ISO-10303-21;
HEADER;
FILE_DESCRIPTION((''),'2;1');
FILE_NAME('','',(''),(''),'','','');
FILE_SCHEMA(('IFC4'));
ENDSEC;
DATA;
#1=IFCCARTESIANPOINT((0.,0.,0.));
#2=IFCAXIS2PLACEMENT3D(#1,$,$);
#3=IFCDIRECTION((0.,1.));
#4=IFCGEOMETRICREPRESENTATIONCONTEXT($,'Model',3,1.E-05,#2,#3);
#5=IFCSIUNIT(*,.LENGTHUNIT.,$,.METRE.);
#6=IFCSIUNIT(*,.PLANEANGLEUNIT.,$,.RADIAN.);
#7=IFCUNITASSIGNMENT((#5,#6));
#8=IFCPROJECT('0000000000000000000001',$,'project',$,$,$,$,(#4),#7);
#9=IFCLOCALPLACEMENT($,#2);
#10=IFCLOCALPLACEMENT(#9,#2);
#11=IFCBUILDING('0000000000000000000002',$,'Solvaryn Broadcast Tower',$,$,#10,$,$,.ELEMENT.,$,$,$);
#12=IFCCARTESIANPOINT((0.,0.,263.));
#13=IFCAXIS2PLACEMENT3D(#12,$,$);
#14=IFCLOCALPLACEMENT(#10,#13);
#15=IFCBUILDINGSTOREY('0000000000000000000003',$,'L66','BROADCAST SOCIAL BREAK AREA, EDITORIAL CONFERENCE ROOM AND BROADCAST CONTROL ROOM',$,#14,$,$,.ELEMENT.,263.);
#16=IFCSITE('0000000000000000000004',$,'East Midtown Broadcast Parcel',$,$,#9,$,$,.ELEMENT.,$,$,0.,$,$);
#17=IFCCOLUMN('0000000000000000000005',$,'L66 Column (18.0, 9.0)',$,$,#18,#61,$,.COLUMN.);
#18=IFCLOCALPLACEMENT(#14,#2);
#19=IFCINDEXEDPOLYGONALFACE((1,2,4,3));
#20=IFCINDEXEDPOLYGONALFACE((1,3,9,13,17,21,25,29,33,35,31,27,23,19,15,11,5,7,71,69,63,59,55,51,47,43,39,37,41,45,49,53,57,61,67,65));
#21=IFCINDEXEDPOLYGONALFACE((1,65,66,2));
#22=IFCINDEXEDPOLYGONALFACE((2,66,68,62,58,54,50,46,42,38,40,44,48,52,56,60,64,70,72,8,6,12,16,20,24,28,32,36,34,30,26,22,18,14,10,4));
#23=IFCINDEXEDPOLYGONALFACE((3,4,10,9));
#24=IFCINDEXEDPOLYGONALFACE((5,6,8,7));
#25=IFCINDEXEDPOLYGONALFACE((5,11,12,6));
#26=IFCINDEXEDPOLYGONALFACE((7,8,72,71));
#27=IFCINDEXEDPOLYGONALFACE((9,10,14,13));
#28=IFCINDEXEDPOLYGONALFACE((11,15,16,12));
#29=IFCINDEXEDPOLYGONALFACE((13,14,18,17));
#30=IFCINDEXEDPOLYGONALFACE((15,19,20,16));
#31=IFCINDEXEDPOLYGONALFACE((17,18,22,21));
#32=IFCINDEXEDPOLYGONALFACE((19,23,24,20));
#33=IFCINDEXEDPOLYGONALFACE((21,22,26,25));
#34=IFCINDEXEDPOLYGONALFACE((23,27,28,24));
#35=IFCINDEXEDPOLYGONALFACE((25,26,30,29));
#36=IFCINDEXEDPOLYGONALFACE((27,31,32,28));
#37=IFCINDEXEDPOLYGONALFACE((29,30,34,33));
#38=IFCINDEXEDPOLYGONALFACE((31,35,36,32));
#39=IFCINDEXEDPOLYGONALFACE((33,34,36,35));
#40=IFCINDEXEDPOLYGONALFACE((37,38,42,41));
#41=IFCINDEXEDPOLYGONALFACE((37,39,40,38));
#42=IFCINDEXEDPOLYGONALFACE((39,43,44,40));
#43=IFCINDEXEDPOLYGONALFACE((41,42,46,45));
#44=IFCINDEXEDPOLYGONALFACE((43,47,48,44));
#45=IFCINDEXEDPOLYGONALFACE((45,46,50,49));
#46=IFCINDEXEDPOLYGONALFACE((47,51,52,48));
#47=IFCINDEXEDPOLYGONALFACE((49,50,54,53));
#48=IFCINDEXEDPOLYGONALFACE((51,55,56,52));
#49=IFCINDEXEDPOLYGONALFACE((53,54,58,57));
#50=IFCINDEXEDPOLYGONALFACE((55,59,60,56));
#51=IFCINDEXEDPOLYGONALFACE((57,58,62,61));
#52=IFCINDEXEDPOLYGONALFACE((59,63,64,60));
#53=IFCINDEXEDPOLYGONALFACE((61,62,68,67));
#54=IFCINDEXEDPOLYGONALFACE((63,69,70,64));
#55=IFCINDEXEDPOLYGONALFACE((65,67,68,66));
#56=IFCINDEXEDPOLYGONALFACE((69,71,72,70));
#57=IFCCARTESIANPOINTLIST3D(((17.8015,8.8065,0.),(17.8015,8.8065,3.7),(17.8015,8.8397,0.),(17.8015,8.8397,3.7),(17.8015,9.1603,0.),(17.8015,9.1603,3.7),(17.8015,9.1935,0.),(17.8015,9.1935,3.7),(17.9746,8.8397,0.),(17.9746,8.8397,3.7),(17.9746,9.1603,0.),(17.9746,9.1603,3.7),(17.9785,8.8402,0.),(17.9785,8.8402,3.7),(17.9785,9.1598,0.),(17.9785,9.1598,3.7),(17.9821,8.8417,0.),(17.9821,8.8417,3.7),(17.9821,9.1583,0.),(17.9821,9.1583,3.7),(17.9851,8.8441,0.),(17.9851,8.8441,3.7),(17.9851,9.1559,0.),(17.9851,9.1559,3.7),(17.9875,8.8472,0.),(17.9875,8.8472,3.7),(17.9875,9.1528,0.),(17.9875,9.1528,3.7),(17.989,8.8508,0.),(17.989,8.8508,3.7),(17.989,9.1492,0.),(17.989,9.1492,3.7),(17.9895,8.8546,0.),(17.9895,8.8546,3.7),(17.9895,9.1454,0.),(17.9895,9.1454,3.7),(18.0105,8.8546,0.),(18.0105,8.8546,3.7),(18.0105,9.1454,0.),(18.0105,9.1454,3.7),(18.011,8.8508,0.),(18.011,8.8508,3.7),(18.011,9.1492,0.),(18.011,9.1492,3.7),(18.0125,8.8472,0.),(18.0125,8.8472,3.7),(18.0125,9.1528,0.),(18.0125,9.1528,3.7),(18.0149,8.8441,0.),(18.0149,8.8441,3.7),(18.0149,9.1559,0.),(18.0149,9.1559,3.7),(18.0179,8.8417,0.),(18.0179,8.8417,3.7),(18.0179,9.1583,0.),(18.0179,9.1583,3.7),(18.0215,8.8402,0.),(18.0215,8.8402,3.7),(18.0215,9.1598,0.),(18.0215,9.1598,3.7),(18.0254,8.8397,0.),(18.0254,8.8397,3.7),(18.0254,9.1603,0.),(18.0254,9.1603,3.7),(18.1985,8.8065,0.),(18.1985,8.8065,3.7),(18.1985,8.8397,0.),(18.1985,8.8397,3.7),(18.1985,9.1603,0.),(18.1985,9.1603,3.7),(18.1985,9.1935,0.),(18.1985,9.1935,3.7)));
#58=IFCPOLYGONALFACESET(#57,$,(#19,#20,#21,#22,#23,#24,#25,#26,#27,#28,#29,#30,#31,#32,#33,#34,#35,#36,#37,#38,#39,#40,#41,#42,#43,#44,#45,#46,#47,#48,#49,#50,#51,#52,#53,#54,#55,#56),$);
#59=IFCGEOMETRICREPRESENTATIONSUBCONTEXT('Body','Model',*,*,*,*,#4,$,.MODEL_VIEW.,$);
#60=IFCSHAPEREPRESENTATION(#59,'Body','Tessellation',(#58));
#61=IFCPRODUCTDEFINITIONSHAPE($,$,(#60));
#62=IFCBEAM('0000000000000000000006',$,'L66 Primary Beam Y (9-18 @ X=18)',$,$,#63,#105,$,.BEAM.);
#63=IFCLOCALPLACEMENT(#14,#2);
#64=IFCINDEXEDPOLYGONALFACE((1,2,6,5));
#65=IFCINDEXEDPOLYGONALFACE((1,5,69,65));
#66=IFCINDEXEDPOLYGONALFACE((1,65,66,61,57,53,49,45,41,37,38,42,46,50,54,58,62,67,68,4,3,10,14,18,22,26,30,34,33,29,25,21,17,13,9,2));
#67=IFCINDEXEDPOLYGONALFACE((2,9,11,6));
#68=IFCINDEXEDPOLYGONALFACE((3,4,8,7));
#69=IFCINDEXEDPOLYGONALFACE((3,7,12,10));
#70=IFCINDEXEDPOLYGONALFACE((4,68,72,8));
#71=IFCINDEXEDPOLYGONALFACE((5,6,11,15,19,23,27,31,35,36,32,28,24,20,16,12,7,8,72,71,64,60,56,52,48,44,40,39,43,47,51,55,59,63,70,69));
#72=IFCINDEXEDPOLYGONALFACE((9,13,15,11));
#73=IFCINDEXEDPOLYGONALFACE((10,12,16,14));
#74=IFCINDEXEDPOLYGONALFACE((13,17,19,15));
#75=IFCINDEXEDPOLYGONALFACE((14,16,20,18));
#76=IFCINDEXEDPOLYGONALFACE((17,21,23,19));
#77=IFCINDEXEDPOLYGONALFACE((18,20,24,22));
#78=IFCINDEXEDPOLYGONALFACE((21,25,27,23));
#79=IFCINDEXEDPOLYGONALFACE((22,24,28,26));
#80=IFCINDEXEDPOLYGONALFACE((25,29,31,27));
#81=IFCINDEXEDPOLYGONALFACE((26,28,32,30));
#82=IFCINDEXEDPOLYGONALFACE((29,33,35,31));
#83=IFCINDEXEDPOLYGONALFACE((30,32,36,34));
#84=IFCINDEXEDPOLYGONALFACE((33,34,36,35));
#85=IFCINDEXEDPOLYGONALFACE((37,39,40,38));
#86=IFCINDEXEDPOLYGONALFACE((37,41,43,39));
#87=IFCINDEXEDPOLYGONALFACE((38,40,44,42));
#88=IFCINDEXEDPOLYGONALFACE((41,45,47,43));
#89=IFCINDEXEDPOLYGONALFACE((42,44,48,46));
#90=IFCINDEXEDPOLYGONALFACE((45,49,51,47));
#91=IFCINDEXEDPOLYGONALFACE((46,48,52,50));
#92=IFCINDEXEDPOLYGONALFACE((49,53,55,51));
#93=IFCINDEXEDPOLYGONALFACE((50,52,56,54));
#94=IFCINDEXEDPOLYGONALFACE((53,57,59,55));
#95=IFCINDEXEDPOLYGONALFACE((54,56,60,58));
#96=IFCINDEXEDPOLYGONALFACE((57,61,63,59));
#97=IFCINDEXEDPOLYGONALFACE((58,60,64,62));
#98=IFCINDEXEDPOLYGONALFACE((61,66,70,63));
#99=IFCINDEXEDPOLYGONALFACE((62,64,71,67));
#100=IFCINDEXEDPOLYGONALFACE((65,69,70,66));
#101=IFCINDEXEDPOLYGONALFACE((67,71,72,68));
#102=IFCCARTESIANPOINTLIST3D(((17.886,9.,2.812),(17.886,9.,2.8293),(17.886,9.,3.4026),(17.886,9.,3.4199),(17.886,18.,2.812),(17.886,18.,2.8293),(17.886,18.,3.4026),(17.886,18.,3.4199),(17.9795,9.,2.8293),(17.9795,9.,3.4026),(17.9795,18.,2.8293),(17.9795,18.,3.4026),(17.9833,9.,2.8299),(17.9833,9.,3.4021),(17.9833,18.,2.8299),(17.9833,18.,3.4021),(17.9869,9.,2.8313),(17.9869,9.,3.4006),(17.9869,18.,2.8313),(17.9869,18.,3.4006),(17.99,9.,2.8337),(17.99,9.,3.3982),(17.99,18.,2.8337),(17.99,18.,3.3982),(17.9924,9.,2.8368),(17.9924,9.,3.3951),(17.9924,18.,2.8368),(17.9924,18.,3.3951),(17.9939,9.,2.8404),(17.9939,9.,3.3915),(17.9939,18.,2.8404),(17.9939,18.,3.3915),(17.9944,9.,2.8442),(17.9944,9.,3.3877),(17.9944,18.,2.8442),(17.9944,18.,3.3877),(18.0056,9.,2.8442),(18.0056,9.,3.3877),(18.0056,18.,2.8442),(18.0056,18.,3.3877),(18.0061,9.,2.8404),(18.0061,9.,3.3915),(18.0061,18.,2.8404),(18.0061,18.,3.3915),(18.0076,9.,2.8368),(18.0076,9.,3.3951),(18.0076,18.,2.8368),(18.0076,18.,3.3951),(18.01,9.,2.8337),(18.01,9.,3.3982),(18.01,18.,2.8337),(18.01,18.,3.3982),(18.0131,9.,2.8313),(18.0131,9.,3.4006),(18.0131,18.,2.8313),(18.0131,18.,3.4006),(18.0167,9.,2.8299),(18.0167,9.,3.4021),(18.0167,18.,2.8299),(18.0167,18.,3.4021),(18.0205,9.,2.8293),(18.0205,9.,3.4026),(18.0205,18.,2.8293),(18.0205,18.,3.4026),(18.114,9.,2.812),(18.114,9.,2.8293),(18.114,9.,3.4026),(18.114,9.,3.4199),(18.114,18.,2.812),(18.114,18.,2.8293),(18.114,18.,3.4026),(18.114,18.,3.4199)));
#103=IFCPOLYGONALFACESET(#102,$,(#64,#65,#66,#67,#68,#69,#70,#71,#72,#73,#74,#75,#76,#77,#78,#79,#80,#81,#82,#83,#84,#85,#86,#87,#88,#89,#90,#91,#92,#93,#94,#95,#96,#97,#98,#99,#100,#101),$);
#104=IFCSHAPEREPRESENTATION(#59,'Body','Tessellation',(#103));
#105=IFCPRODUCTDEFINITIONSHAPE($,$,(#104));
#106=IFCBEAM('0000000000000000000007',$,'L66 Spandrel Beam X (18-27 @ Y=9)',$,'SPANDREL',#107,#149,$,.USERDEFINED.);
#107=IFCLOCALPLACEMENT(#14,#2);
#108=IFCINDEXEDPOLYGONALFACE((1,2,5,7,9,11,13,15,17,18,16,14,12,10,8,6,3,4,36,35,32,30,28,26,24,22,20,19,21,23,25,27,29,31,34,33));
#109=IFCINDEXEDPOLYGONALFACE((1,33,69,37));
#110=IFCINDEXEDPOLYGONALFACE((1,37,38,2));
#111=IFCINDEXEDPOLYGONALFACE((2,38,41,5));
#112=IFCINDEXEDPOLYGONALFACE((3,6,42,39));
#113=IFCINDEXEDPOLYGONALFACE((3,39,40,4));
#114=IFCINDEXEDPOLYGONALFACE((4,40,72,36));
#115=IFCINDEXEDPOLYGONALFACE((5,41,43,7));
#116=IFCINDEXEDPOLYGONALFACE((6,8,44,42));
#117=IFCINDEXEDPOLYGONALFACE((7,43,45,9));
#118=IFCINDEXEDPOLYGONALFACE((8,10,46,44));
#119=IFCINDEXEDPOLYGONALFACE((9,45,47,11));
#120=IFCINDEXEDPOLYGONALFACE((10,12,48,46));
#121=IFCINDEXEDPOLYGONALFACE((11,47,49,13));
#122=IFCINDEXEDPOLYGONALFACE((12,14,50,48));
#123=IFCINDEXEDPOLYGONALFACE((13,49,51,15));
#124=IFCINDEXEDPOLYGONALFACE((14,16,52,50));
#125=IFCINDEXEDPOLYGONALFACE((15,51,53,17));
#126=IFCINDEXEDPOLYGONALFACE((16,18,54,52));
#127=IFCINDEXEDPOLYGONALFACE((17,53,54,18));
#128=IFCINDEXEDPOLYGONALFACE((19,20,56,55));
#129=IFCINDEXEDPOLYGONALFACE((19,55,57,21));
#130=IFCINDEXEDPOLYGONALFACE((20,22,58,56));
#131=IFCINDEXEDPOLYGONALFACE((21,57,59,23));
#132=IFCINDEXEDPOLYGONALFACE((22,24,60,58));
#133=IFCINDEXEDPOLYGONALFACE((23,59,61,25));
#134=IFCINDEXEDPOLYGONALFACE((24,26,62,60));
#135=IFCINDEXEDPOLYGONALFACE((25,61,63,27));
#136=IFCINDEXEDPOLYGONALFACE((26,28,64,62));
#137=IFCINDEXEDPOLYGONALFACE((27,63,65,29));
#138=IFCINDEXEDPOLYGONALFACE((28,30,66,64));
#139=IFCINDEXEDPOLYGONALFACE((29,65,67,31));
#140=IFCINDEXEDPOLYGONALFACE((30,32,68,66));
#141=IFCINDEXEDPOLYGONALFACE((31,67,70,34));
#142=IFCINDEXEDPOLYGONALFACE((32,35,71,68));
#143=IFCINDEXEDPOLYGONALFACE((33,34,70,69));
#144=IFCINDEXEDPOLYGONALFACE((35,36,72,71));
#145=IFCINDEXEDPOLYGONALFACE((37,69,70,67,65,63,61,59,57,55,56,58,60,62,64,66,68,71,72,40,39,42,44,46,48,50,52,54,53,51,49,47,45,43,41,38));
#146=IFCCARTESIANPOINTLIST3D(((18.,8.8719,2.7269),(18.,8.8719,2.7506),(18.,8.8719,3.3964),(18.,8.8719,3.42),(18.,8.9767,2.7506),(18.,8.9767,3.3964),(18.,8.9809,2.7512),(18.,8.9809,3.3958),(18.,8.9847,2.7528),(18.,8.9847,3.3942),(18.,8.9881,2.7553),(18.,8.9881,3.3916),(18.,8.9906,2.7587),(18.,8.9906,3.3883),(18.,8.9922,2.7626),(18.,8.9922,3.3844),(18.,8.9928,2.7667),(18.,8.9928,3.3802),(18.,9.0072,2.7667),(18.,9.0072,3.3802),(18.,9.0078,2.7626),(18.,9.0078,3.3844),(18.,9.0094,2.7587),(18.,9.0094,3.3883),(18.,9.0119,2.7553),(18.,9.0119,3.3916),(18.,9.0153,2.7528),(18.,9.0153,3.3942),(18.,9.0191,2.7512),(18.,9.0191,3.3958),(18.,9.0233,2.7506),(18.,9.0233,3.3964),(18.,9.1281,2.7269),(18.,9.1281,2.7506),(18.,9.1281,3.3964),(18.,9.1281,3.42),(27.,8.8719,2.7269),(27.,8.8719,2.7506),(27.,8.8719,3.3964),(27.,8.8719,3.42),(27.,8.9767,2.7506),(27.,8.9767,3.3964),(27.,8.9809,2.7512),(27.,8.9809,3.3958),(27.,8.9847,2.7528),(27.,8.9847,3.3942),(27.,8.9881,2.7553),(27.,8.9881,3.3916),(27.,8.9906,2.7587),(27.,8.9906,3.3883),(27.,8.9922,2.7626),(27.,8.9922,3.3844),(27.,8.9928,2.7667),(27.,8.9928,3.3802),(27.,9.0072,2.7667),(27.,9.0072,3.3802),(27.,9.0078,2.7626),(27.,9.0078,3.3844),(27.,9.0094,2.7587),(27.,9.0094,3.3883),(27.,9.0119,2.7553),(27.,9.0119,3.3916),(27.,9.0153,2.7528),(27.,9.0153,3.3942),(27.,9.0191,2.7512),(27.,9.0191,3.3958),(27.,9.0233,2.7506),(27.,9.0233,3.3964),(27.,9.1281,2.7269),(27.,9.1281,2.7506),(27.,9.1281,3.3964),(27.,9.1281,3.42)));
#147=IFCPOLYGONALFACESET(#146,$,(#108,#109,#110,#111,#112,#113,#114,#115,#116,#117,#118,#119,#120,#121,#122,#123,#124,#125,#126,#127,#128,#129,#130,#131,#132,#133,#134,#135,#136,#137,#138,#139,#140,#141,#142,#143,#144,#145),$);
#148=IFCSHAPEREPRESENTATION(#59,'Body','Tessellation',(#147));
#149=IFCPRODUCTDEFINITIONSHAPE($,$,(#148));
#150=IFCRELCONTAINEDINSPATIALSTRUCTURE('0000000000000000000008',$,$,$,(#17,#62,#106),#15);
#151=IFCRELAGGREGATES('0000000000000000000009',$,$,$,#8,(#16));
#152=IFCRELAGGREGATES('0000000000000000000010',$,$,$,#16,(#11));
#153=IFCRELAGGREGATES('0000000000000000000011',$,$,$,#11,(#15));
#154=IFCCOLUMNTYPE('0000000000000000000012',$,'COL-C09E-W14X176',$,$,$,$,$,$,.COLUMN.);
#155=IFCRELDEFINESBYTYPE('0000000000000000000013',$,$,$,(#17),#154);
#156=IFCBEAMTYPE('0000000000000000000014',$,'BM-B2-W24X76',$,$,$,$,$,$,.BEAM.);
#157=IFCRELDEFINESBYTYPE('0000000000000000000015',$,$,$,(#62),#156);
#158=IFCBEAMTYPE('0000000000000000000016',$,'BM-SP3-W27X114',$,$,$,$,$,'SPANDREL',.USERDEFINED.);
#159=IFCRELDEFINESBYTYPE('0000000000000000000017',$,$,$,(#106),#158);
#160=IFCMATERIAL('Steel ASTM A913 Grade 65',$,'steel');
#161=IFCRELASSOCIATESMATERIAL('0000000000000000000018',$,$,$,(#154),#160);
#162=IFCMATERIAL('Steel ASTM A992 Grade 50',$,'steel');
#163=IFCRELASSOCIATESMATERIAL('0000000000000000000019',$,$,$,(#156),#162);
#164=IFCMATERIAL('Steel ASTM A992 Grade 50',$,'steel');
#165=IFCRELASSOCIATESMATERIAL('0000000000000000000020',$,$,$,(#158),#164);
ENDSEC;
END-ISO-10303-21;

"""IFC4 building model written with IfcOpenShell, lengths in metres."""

from ifc_helpers import new_model, si_unit, direction, frame, origin, origin_2d, place, context, subcontext, project, spatial, i_section, extrude, material, material_profile, profile_set, type_object, element, save


model = new_model("IFC4")

# Units and contexts
model_context = context("Model", 3, precision=1e-05, world=origin(), true_north=direction((0.0, 1.0)))
body_context = subcontext(model_context, "Body", "Model", "MODEL_VIEW")
ifc_project = project(units=[si_unit("LENGTHUNIT", "METRE"), si_unit("PLANEANGLEUNIT", "RADIAN")], contexts=[model_context])

# Site, building, storey
site_placement = place(None, origin())
site = spatial("IfcSite", under=ifc_project, at=site_placement, Name="East Midtown Broadcast Parcel", CompositionType="ELEMENT", RefElevation=0.0)
building_placement = place(site_placement, origin())
building = spatial("IfcBuilding", under=site, at=building_placement, Name="Solvaryn Broadcast Tower", CompositionType="ELEMENT")
storey_placement = place(building_placement, frame((0.0, 0.0, 263.0)))
storey = spatial("IfcBuildingStorey", under=building, at=storey_placement, Name="L66", Description="BROADCAST SOCIAL BREAK AREA, EDITORIAL CONFERENCE ROOM AND BROADCAST CONTROL ROOM", CompositionType="ELEMENT", Elevation=263.0)

# Column
ifc_material_1 = material(Name="Steel ASTM A913 Grade 65", Category="steel")
ifc_material_profile_1 = material_profile(ifc_material_1, i_section(OverallWidth=0.397, OverallDepth=0.387, WebThickness=0.021, FlangeThickness=0.0332, FilletRadius=0.0149, at=origin_2d()))
ifc_profile_set_1 = profile_set([ifc_material_profile_1], Name="Steel ASTM A913 Grade 65")
column_type = type_object("IfcColumnType", Name="COL-C09E-W14X176", PredefinedType="COLUMN", material=ifc_profile_set_1)
column_placement = place(storey_placement, frame((18.0, 9.0, 0.0), z_axis=(0.0, 0.0, 1.0), x_axis=(1.0, 0.0, 0.0)))
element("IfcColumn", 1, at=column_placement, inside=storey, type_object=column_type, Name="L66 Column (18.0, 9.0)", PredefinedType="COLUMN", context=body_context, shape_type="SweptSolid", body=[
    extrude(i_section(OverallWidth=0.397, OverallDepth=0.387, WebThickness=0.021, FlangeThickness=0.0332, FilletRadius=0.0149, at=origin_2d()), origin(), (0.0, 0.0, 1.0), 3.7),
])

# Beams
ifc_material_2 = material(Name="Steel ASTM A992 Grade 50", Category="steel")
ifc_material_profile_2 = material_profile(ifc_material_2, i_section(OverallWidth=0.228, OverallDepth=0.6079, WebThickness=0.0112, FlangeThickness=0.0173, FilletRadius=0.0149, at=origin_2d()))
ifc_profile_set_2 = profile_set([ifc_material_profile_2], Name="Steel ASTM A992 Grade 50")
beam_type_1 = type_object("IfcBeamType", Name="BM-B2-W24X76", PredefinedType="BEAM", material=ifc_profile_set_2)
beam_1_placement = place(storey_placement, frame((18.0, 9.0, 3.116), z_axis=(0.0, 1.0, 0.0), x_axis=(-1.0, 0.0, 0.0)))
element("IfcBeam", 2, at=beam_1_placement, inside=storey, type_object=beam_type_1, Name="L66 Primary Beam Y (9-18 @ X=18)", PredefinedType="BEAM", context=body_context, shape_type="SweptSolid", body=[
    extrude(i_section(OverallWidth=0.228, OverallDepth=0.6079, WebThickness=0.0112, FlangeThickness=0.0173, FilletRadius=0.0149, at=origin_2d()), origin(), (0.0, 0.0, 1.0), 9.0),
])
ifc_material_3 = material(Name="Steel ASTM A992 Grade 50", Category="steel")
ifc_material_profile_3 = material_profile(ifc_material_3, i_section(OverallWidth=0.2561, OverallDepth=0.6931, WebThickness=0.0144, FlangeThickness=0.0237, FilletRadius=0.0161, at=origin_2d()))
ifc_profile_set_3 = profile_set([ifc_material_profile_3], Name="Steel ASTM A992 Grade 50")
beam_type_2 = type_object("IfcBeamType", Name="BM-SP3-W27X114", ElementType="SPANDREL", PredefinedType="USERDEFINED", material=ifc_profile_set_3)
beam_2_placement = place(storey_placement, frame((18.0, 9.0, 3.0735), z_axis=(1.0, 0.0, 0.0), x_axis=(0.0, 1.0, 0.0)))
element("IfcBeam", 3, at=beam_2_placement, inside=storey, type_object=beam_type_2, Name="L66 Spandrel Beam X (18-27 @ Y=9)", ObjectType="SPANDREL", PredefinedType="USERDEFINED", context=body_context, shape_type="SweptSolid", body=[
    extrude(i_section(OverallWidth=0.2561, OverallDepth=0.6931, WebThickness=0.0144, FlangeThickness=0.0237, FilletRadius=0.0161, at=origin_2d()), origin(), (0.0, 0.0, 1.0), 9.0),
])

save(model, "model.ifc")
